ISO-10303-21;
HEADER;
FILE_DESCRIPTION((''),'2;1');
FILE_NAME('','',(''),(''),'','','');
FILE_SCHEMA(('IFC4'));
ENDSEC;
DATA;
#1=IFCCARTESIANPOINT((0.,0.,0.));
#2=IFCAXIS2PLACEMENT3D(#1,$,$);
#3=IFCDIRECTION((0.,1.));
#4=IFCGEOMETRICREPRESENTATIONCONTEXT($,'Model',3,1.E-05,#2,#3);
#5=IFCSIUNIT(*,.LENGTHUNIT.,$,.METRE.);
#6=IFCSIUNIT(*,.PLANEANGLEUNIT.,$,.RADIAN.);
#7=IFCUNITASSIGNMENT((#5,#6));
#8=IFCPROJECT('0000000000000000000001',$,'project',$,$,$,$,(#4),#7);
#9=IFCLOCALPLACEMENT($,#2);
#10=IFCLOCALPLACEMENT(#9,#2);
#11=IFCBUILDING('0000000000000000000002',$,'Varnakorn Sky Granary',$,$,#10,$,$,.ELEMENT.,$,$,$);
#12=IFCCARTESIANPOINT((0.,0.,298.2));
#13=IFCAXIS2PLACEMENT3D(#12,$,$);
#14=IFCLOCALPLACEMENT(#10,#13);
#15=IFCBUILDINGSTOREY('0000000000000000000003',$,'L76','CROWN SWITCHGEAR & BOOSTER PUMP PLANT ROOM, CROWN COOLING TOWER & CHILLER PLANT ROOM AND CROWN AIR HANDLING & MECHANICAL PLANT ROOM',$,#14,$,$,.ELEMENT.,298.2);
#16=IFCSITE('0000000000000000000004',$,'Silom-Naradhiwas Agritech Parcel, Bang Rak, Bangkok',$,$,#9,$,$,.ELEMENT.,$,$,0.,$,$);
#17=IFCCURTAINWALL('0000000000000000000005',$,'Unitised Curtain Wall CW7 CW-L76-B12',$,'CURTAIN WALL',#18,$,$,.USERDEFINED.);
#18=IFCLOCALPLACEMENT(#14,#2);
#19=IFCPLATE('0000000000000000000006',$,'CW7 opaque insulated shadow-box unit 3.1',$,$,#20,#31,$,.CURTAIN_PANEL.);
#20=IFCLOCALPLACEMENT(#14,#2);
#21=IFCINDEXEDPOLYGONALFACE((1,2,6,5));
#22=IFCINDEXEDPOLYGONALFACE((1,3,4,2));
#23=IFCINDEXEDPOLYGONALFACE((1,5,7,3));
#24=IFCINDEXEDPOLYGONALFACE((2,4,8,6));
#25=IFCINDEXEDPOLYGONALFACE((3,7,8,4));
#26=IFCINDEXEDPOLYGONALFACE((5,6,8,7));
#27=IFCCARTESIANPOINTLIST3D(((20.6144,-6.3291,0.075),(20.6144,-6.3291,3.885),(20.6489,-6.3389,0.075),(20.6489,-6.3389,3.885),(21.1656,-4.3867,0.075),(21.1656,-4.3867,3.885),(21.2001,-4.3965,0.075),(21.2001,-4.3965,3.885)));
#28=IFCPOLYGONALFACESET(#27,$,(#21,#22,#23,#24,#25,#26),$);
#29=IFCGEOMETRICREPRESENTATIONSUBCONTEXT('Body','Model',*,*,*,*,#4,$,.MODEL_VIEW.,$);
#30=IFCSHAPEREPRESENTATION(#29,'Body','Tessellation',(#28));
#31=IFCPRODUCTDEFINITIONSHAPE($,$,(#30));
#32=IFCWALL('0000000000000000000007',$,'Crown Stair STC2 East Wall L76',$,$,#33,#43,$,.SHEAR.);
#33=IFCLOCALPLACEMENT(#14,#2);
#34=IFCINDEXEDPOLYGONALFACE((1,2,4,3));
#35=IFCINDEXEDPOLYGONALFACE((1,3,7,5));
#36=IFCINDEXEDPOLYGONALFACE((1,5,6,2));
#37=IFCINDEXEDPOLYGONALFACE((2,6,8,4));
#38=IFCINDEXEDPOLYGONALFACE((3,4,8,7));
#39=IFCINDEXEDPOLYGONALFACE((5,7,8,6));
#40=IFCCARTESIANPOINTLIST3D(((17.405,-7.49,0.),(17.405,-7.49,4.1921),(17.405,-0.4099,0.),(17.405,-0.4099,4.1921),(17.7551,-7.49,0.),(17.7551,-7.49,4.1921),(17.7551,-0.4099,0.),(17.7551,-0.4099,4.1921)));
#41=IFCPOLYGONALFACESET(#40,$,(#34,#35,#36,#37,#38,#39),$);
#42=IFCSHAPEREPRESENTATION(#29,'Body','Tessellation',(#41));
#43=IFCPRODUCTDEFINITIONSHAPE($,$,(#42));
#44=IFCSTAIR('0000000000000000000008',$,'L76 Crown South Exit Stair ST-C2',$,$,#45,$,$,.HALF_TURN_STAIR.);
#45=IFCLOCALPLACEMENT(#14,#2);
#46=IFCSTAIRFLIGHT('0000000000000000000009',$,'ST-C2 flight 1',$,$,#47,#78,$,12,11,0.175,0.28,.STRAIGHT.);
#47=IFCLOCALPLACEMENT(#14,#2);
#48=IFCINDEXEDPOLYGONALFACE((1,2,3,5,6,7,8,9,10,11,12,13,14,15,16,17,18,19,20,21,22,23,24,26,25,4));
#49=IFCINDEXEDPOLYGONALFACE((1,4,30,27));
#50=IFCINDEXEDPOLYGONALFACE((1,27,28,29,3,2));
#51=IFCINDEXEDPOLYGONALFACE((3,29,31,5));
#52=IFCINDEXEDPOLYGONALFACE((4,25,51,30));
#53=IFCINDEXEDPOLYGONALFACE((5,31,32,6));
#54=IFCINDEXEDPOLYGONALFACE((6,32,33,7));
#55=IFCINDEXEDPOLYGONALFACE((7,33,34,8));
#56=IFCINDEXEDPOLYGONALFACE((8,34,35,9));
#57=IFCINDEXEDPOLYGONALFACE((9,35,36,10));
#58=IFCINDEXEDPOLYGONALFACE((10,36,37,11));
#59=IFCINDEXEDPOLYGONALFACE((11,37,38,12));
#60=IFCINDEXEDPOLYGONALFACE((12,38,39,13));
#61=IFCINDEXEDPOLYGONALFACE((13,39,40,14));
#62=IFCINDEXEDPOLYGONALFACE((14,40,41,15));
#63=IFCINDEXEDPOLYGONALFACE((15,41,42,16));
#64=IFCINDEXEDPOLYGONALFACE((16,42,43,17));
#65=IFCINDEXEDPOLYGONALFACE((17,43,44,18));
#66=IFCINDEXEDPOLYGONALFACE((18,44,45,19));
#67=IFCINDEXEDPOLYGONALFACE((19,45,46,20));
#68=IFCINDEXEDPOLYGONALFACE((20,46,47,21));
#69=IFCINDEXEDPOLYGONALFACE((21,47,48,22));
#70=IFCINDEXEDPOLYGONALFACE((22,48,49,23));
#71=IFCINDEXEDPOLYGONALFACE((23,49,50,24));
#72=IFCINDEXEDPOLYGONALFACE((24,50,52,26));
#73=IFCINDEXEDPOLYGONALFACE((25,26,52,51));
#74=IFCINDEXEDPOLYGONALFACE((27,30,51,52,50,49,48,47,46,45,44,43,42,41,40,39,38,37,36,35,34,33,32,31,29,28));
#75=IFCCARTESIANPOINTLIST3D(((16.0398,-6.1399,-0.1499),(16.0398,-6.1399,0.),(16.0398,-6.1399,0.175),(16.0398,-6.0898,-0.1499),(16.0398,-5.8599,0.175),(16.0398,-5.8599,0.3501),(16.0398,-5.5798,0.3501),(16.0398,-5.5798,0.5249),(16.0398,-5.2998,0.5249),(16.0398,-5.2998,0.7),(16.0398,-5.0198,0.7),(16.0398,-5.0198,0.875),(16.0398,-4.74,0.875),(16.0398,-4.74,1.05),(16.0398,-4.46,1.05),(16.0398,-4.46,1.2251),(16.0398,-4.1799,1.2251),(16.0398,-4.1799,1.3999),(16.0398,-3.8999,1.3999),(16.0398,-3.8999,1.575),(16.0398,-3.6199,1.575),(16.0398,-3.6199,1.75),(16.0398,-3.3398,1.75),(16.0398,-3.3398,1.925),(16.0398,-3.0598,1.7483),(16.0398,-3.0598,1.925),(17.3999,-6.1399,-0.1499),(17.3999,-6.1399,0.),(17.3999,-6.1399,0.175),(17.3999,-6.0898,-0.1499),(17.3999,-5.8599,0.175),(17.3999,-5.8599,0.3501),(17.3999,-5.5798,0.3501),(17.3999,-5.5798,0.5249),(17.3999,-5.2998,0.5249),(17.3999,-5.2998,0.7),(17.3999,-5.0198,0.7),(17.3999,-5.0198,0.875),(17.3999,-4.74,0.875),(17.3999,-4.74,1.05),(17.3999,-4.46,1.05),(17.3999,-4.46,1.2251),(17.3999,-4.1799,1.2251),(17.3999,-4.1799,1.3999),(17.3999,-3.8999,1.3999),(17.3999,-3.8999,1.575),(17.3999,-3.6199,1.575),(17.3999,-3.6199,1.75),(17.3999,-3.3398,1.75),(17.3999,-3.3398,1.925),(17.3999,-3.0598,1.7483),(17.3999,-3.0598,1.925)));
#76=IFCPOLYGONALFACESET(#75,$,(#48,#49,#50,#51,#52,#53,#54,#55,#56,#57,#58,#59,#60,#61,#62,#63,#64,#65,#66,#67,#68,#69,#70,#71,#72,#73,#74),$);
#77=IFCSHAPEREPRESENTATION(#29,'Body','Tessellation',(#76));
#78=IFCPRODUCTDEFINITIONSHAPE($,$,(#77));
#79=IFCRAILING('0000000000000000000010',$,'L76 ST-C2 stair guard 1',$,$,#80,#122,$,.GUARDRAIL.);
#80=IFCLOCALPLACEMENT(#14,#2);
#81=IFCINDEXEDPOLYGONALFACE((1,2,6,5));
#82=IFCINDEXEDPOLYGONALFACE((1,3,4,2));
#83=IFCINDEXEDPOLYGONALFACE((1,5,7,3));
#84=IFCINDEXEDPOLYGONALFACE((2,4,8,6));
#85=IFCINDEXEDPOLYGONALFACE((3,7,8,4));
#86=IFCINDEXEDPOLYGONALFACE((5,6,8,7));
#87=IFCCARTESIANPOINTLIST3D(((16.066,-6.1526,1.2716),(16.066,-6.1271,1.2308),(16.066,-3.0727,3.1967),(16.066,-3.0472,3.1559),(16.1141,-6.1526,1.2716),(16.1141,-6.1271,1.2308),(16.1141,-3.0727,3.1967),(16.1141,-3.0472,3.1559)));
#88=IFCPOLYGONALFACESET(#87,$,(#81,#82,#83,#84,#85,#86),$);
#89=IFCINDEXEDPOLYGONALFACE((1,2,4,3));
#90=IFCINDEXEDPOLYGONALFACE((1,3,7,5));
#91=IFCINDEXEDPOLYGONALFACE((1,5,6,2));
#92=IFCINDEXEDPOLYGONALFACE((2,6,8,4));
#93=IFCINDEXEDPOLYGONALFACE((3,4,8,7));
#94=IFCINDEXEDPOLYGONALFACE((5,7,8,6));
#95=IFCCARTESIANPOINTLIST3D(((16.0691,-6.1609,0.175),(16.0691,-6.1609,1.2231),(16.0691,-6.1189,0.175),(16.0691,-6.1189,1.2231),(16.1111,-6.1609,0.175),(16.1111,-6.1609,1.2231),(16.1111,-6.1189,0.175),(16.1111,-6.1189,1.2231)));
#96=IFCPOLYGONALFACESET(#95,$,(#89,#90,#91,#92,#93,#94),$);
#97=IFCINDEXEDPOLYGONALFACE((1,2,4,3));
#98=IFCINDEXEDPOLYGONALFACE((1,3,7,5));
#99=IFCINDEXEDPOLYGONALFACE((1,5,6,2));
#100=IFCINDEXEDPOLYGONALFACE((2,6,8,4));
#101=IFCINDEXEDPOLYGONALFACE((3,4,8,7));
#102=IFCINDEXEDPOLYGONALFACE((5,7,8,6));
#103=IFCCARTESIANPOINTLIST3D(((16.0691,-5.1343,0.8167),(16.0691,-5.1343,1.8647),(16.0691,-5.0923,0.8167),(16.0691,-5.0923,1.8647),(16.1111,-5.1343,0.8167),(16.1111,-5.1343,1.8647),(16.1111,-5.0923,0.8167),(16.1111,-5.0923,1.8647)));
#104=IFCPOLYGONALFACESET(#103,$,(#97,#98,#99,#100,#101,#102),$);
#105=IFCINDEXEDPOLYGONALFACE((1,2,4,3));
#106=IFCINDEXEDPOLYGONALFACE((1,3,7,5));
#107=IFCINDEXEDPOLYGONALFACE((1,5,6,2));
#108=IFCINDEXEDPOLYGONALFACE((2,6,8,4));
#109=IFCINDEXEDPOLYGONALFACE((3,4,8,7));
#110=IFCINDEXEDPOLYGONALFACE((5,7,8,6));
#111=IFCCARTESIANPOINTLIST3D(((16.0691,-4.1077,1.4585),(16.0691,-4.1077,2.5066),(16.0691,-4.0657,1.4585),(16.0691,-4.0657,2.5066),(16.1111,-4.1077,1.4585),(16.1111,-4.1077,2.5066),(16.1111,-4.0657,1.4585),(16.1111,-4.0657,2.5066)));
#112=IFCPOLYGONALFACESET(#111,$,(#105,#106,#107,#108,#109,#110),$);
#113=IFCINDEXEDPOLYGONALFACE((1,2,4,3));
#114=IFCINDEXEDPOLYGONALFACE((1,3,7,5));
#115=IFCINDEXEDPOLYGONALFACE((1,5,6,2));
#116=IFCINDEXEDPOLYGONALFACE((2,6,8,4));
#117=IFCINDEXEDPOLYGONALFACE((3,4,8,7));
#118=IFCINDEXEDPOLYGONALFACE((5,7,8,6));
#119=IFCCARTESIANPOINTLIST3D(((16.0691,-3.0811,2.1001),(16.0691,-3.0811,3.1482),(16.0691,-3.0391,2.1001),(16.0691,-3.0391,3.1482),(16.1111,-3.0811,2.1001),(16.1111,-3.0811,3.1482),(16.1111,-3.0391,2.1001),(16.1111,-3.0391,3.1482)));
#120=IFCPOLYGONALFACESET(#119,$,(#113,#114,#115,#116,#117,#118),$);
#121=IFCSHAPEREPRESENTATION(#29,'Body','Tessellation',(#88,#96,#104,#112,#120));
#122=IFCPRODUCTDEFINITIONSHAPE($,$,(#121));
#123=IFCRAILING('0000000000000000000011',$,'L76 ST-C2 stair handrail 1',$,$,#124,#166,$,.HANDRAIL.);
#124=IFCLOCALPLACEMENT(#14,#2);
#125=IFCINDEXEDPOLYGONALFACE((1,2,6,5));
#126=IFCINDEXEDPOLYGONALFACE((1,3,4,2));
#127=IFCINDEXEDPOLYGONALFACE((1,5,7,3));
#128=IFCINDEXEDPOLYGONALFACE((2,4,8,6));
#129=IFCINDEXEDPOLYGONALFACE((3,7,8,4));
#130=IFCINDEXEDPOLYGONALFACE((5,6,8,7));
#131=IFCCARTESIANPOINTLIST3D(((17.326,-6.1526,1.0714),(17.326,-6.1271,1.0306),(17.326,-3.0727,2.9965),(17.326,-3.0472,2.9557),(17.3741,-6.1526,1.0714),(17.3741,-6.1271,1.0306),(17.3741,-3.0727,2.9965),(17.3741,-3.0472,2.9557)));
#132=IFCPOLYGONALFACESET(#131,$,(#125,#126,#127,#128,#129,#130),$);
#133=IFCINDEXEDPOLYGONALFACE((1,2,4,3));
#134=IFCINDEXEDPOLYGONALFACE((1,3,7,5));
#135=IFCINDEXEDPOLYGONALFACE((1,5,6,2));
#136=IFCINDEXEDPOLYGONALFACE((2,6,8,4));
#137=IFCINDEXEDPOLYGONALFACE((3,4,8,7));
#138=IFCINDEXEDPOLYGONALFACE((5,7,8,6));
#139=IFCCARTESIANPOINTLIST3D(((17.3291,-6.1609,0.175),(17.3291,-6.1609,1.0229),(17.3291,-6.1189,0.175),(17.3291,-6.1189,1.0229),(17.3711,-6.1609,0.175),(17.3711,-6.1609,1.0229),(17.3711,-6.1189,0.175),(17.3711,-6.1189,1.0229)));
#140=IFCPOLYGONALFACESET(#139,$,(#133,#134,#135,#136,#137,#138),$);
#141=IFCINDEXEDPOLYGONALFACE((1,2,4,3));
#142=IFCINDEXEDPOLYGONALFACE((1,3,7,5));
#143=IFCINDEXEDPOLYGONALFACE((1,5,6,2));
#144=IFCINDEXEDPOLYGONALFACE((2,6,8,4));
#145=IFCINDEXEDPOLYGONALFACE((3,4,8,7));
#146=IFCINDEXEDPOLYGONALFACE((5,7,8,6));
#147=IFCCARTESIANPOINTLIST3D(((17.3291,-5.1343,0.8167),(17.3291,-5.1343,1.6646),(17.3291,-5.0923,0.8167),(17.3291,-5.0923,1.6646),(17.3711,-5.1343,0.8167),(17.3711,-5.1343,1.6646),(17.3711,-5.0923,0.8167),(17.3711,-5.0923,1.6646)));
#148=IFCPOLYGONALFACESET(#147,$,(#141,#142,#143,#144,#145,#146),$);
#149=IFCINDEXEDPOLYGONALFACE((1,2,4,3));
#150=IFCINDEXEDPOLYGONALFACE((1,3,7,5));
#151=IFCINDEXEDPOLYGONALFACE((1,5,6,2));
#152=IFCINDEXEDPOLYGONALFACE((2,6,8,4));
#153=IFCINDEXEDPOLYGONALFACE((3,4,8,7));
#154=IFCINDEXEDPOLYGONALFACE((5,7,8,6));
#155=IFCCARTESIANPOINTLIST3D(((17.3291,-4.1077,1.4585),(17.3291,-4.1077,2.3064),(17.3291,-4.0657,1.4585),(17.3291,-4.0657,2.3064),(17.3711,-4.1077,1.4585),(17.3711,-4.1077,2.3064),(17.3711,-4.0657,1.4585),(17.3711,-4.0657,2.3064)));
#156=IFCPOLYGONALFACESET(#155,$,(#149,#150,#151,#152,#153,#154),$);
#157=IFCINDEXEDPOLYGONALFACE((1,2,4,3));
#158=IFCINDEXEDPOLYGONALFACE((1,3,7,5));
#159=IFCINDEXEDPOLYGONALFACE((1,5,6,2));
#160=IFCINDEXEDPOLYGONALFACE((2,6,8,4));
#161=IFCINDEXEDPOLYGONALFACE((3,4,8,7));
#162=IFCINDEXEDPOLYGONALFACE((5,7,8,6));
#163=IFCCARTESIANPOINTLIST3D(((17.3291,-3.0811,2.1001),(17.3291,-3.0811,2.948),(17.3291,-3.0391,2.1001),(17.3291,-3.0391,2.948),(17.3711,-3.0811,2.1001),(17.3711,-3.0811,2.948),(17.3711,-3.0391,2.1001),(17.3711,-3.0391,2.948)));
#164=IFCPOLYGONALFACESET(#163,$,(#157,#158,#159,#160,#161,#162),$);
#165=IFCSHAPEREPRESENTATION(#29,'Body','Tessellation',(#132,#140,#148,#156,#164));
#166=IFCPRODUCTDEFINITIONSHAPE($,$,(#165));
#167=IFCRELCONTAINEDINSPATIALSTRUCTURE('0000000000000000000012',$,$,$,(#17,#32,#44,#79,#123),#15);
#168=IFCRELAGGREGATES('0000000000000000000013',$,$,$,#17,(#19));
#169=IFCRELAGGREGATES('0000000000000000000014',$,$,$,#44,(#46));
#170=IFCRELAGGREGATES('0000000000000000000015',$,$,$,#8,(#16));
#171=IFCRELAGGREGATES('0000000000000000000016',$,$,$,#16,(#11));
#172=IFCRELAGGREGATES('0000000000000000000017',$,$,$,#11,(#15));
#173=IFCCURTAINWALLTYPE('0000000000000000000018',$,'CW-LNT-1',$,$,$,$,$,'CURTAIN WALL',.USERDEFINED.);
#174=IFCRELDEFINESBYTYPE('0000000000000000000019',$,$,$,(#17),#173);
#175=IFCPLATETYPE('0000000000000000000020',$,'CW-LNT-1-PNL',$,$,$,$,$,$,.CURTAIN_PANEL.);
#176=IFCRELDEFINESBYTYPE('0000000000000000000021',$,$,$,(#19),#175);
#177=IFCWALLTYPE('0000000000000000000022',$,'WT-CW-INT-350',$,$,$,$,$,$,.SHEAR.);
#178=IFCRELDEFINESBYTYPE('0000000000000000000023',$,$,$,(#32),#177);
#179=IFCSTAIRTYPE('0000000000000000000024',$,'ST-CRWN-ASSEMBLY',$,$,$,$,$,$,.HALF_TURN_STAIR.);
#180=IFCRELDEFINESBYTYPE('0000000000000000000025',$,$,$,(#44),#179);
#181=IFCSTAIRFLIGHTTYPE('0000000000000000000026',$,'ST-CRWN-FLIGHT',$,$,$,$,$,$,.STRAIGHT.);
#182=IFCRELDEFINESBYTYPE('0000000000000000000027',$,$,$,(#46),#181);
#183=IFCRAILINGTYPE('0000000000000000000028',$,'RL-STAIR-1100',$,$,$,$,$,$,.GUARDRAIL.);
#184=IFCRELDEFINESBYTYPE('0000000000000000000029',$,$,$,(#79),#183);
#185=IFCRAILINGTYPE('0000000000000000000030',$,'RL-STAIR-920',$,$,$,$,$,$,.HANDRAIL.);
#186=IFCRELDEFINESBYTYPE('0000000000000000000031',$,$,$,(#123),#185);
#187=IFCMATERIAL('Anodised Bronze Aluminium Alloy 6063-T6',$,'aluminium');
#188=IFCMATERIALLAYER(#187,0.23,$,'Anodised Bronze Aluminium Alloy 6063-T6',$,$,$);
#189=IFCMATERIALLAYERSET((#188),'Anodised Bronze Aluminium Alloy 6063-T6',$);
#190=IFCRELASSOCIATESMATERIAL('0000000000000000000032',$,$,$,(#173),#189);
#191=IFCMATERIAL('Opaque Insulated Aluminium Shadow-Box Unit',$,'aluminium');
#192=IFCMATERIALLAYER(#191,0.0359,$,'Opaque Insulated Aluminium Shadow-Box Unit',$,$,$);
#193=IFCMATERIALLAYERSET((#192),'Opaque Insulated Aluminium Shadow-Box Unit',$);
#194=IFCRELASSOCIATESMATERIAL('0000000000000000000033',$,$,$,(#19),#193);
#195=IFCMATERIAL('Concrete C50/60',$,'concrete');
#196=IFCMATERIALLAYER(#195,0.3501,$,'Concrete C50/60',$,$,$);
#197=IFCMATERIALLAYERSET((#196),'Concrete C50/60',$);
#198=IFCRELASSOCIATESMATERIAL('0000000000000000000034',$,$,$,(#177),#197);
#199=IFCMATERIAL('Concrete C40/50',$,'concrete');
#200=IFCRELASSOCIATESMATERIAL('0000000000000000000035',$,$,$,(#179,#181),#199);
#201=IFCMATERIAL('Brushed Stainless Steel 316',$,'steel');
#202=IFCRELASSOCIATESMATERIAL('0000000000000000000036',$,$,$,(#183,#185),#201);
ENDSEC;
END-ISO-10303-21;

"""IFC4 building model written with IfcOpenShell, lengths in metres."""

from ifc_helpers import new_model, si_unit, direction, frame, frame_2d, origin, origin_2d, place, context, subcontext, project, spatial, polyline, rectangle, outline, extrude, source, transform, mapped, material, layer, layer_set, type_object, element, aggregate, save


model = new_model("IFC4")

# Units and contexts
model_context = context("Model", 3, precision=1e-05, world=origin(), true_north=direction((0.0, 1.0)))
body_context = subcontext(model_context, "Body", "Model", "MODEL_VIEW")
ifc_project = project(units=[si_unit("LENGTHUNIT", "METRE"), si_unit("PLANEANGLEUNIT", "RADIAN")], contexts=[model_context])

# Site, building, storey
site_placement = place(None, origin())
site = spatial("IfcSite", under=ifc_project, at=site_placement, Name="Silom-Naradhiwas Agritech Parcel, Bang Rak, Bangkok", CompositionType="ELEMENT", RefElevation=0.0)
building_placement = place(site_placement, origin())
building = spatial("IfcBuilding", under=site, at=building_placement, Name="Varnakorn Sky Granary", CompositionType="ELEMENT")
storey_placement = place(building_placement, frame((0.0, 0.0, 298.2)))
storey = spatial("IfcBuildingStorey", under=building, at=storey_placement, Name="L76", Description="CROWN SWITCHGEAR & BOOSTER PUMP PLANT ROOM, CROWN COOLING TOWER & CHILLER PLANT ROOM AND CROWN AIR HANDLING & MECHANICAL PLANT ROOM", CompositionType="ELEMENT", Elevation=298.2)

# Curtain wall
ifc_material_1 = material(Name="Anodised Bronze Aluminium Alloy 6063-T6", Category="aluminium")
ifc_layer_1 = layer(ifc_material_1, 0.23, Name="Anodised Bronze Aluminium Alloy 6063-T6")
ifc_layer_set_1 = layer_set([ifc_layer_1], Name="Anodised Bronze Aluminium Alloy 6063-T6")
curtain_wall_type = type_object("IfcCurtainWallType", Name="CW-LNT-1", ElementType="CURTAIN WALL", PredefinedType="USERDEFINED", material=ifc_layer_set_1)
curtain_wall_placement = place(storey_placement, origin())
curtain_wall = element("IfcCurtainWall", 1, at=curtain_wall_placement, inside=storey, type_object=curtain_wall_type, Name="Unitised Curtain Wall CW7 CW-L76-B12", ObjectType="CURTAIN WALL", PredefinedType="USERDEFINED")

# Plate
plate_type = type_object("IfcPlateType", Name="CW-LNT-1-PNL", PredefinedType="CURTAIN_PANEL")
ifc_material_2 = material(Name="Opaque Insulated Aluminium Shadow-Box Unit", Category="aluminium")
ifc_layer_2 = layer(ifc_material_2, 0.0359, Name="Opaque Insulated Aluminium Shadow-Box Unit")
ifc_layer_set_2 = layer_set([ifc_layer_2], Name="Opaque Insulated Aluminium Shadow-Box Unit")
shared_shape_1 = source(origin(), body_context, "Body", "SweptSolid", [
    extrude(rectangle(XDim=2.019, YDim=0.0359, at=origin_2d()), origin(), (0.0, 0.0, 1.0), 3.8101),
])
plate_1_placement = place(storey_placement, frame((20.9072, -5.3628, 0.075), z_axis=(0.0, 0.0, 1.0), x_axis=(-0.273007, -0.962012, 0.0)))
plate_1 = element("IfcPlate", 2, at=plate_1_placement, type_object=plate_type, material=ifc_layer_set_2, Name="CW7 opaque insulated shadow-box unit 3.1", PredefinedType="CURTAIN_PANEL", context=body_context, shape_type="MappedRepresentation", body=[
    mapped(shared_shape_1, transform((0.0, 0.0, 0.0), x_axis=(1.0, 0.0, 0.0), y_axis=(0.0, 1.0, 0.0), z_axis=(0.0, 0.0, 1.0), scale=1.0)),
])
aggregate(curtain_wall, [plate_1])

# Wall
ifc_material_3 = material(Name="Concrete C50/60", Category="concrete")
ifc_layer_3 = layer(ifc_material_3, 0.3501, Name="Concrete C50/60")
ifc_layer_set_3 = layer_set([ifc_layer_3], Name="Concrete C50/60")
wall_type = type_object("IfcWallType", Name="WT-CW-INT-350", PredefinedType="SHEAR", material=ifc_layer_set_3)
wall_placement = place(storey_placement, frame((17.5801, -7.49, 0.0), z_axis=(0.0, 0.0, 1.0), x_axis=(0.0, 1.0, 0.0)))
element("IfcWall", 3, at=wall_placement, inside=storey, type_object=wall_type, Name="Crown Stair STC2 East Wall L76", PredefinedType="SHEAR", context=body_context, shape_type="SweptSolid", body=[
    extrude(rectangle(XDim=7.0801, YDim=0.3501, at=frame_2d((3.54, 0.0))), origin(), (0.0, 0.0, 1.0), 4.1921),
])

# Stair, stair flight
ifc_material_4 = material(Name="Concrete C40/50", Category="concrete")
stair_type = type_object("IfcStairType", Name="ST-CRWN-ASSEMBLY", PredefinedType="HALF_TURN_STAIR", material=ifc_material_4)
stair_placement = place(storey_placement, origin())
stair = element("IfcStair", 4, at=stair_placement, inside=storey, type_object=stair_type, Name="L76 Crown South Exit Stair ST-C2", PredefinedType="HALF_TURN_STAIR")
stair_flight_type = type_object("IfcStairFlightType", Name="ST-CRWN-FLIGHT", PredefinedType="STRAIGHT", material=ifc_material_4)
stair_flight_placement = place(storey_placement, frame((16.72, -6.1399, 0.0), z_axis=(0.0, 0.0, 1.0), x_axis=(0.0, 1.0, 0.0)))
stair_flight = element("IfcStairFlight", 5, at=stair_flight_placement, type_object=stair_flight_type, Name="ST-C2 flight 1", NumberOfRisers=12, NumberOfTreads=11, PredefinedType="STRAIGHT", RiserHeight=0.175, TreadLength=0.28, context=body_context, shape_type="SweptSolid", body=[
    extrude(outline(polyline([(0.0, -0.1499), (0.0, 0.0), (0.0, 0.175), (0.28, 0.175), (0.28, 0.3501), (0.5601, 0.3501), (0.5601, 0.5249), (0.8401, 0.5249), (0.8401, 0.7), (1.1201, 0.7), (1.1201, 0.875), (1.3999, 0.875), (1.3999, 1.05), (1.6799, 1.05), (1.6799, 1.2251), (1.96, 1.2251), (1.96, 1.3999), (2.24, 1.3999), (2.24, 1.575), (2.52, 1.575), (2.52, 1.75), (2.8, 1.75), (2.8, 1.925), (3.0801, 1.925), (3.0801, 2.1001), (3.0801, 1.7483), (0.05, -0.1499), (0.0, -0.1499)])), frame((0.0, 0.6802, 0.0), z_axis=(0.0, -1.0, 0.0), x_axis=(1.0, 0.0, 0.0)), (0.0, 0.0, 1.0), 1.3601),
])
aggregate(stair, [stair_flight])

# Railings
ifc_material_5 = material(Name="Brushed Stainless Steel 316", Category="steel")
railing_type_1 = type_object("IfcRailingType", Name="RL-STAIR-1100", PredefinedType="GUARDRAIL", material=ifc_material_5)
railing_1_placement = place(storey_placement, frame((16.0901, -6.1399, 0.175)))
element("IfcRailing", 6, at=railing_1_placement, inside=storey, type_object=railing_type_1, Name="L76 ST-C2 stair guard 1", PredefinedType="GUARDRAIL", context=body_context, shape_type="SweptSolid", body=[
    extrude(rectangle(XDim=0.0481, YDim=0.0481, at=origin_2d()), frame((0.0, 0.0, 1.0762), z_axis=(0.0, 0.847979, 0.530029), x_axis=(-1.0, 0.0, 0.0)), (0.0, 0.0, 1.0), 3.6321),
    extrude(rectangle(XDim=0.042, YDim=0.042, at=origin_2d()), origin(), (0.0, 0.0, 1.0), 1.0481),
    extrude(rectangle(XDim=0.042, YDim=0.042, at=origin_2d()), frame((0.0, 1.0266, 0.6416)), (0.0, 0.0, 1.0), 1.0481),
    extrude(rectangle(XDim=0.042, YDim=0.042, at=origin_2d()), frame((0.0, 2.0532, 1.2834)), (0.0, 0.0, 1.0), 1.0481),
    extrude(rectangle(XDim=0.042, YDim=0.042, at=origin_2d()), frame((0.0, 3.0798, 1.925)), (0.0, 0.0, 1.0), 1.0481),
])
railing_type_2 = type_object("IfcRailingType", Name="RL-STAIR-920", PredefinedType="HANDRAIL", material=ifc_material_5)
railing_2_placement = place(storey_placement, frame((17.3501, -6.1399, 0.175)))
element("IfcRailing", 7, at=railing_2_placement, inside=storey, type_object=railing_type_2, Name="L76 ST-C2 stair handrail 1", PredefinedType="HANDRAIL", context=body_context, shape_type="SweptSolid", body=[
    extrude(rectangle(XDim=0.0481, YDim=0.0481, at=origin_2d()), frame((0.0, 0.0, 0.876), z_axis=(0.0, 0.847979, 0.530029), x_axis=(-1.0, 0.0, 0.0)), (0.0, 0.0, 1.0), 3.6321),
    extrude(rectangle(XDim=0.042, YDim=0.042, at=origin_2d()), origin(), (0.0, 0.0, 1.0), 0.8479),
    extrude(rectangle(XDim=0.042, YDim=0.042, at=origin_2d()), frame((0.0, 1.0266, 0.6416)), (0.0, 0.0, 1.0), 0.8479),
    extrude(rectangle(XDim=0.042, YDim=0.042, at=origin_2d()), frame((0.0, 2.0532, 1.2834)), (0.0, 0.0, 1.0), 0.8479),
    extrude(rectangle(XDim=0.042, YDim=0.042, at=origin_2d()), frame((0.0, 3.0798, 1.925)), (0.0, 0.0, 1.0), 0.8479),
])

save(model, "model.ifc")
